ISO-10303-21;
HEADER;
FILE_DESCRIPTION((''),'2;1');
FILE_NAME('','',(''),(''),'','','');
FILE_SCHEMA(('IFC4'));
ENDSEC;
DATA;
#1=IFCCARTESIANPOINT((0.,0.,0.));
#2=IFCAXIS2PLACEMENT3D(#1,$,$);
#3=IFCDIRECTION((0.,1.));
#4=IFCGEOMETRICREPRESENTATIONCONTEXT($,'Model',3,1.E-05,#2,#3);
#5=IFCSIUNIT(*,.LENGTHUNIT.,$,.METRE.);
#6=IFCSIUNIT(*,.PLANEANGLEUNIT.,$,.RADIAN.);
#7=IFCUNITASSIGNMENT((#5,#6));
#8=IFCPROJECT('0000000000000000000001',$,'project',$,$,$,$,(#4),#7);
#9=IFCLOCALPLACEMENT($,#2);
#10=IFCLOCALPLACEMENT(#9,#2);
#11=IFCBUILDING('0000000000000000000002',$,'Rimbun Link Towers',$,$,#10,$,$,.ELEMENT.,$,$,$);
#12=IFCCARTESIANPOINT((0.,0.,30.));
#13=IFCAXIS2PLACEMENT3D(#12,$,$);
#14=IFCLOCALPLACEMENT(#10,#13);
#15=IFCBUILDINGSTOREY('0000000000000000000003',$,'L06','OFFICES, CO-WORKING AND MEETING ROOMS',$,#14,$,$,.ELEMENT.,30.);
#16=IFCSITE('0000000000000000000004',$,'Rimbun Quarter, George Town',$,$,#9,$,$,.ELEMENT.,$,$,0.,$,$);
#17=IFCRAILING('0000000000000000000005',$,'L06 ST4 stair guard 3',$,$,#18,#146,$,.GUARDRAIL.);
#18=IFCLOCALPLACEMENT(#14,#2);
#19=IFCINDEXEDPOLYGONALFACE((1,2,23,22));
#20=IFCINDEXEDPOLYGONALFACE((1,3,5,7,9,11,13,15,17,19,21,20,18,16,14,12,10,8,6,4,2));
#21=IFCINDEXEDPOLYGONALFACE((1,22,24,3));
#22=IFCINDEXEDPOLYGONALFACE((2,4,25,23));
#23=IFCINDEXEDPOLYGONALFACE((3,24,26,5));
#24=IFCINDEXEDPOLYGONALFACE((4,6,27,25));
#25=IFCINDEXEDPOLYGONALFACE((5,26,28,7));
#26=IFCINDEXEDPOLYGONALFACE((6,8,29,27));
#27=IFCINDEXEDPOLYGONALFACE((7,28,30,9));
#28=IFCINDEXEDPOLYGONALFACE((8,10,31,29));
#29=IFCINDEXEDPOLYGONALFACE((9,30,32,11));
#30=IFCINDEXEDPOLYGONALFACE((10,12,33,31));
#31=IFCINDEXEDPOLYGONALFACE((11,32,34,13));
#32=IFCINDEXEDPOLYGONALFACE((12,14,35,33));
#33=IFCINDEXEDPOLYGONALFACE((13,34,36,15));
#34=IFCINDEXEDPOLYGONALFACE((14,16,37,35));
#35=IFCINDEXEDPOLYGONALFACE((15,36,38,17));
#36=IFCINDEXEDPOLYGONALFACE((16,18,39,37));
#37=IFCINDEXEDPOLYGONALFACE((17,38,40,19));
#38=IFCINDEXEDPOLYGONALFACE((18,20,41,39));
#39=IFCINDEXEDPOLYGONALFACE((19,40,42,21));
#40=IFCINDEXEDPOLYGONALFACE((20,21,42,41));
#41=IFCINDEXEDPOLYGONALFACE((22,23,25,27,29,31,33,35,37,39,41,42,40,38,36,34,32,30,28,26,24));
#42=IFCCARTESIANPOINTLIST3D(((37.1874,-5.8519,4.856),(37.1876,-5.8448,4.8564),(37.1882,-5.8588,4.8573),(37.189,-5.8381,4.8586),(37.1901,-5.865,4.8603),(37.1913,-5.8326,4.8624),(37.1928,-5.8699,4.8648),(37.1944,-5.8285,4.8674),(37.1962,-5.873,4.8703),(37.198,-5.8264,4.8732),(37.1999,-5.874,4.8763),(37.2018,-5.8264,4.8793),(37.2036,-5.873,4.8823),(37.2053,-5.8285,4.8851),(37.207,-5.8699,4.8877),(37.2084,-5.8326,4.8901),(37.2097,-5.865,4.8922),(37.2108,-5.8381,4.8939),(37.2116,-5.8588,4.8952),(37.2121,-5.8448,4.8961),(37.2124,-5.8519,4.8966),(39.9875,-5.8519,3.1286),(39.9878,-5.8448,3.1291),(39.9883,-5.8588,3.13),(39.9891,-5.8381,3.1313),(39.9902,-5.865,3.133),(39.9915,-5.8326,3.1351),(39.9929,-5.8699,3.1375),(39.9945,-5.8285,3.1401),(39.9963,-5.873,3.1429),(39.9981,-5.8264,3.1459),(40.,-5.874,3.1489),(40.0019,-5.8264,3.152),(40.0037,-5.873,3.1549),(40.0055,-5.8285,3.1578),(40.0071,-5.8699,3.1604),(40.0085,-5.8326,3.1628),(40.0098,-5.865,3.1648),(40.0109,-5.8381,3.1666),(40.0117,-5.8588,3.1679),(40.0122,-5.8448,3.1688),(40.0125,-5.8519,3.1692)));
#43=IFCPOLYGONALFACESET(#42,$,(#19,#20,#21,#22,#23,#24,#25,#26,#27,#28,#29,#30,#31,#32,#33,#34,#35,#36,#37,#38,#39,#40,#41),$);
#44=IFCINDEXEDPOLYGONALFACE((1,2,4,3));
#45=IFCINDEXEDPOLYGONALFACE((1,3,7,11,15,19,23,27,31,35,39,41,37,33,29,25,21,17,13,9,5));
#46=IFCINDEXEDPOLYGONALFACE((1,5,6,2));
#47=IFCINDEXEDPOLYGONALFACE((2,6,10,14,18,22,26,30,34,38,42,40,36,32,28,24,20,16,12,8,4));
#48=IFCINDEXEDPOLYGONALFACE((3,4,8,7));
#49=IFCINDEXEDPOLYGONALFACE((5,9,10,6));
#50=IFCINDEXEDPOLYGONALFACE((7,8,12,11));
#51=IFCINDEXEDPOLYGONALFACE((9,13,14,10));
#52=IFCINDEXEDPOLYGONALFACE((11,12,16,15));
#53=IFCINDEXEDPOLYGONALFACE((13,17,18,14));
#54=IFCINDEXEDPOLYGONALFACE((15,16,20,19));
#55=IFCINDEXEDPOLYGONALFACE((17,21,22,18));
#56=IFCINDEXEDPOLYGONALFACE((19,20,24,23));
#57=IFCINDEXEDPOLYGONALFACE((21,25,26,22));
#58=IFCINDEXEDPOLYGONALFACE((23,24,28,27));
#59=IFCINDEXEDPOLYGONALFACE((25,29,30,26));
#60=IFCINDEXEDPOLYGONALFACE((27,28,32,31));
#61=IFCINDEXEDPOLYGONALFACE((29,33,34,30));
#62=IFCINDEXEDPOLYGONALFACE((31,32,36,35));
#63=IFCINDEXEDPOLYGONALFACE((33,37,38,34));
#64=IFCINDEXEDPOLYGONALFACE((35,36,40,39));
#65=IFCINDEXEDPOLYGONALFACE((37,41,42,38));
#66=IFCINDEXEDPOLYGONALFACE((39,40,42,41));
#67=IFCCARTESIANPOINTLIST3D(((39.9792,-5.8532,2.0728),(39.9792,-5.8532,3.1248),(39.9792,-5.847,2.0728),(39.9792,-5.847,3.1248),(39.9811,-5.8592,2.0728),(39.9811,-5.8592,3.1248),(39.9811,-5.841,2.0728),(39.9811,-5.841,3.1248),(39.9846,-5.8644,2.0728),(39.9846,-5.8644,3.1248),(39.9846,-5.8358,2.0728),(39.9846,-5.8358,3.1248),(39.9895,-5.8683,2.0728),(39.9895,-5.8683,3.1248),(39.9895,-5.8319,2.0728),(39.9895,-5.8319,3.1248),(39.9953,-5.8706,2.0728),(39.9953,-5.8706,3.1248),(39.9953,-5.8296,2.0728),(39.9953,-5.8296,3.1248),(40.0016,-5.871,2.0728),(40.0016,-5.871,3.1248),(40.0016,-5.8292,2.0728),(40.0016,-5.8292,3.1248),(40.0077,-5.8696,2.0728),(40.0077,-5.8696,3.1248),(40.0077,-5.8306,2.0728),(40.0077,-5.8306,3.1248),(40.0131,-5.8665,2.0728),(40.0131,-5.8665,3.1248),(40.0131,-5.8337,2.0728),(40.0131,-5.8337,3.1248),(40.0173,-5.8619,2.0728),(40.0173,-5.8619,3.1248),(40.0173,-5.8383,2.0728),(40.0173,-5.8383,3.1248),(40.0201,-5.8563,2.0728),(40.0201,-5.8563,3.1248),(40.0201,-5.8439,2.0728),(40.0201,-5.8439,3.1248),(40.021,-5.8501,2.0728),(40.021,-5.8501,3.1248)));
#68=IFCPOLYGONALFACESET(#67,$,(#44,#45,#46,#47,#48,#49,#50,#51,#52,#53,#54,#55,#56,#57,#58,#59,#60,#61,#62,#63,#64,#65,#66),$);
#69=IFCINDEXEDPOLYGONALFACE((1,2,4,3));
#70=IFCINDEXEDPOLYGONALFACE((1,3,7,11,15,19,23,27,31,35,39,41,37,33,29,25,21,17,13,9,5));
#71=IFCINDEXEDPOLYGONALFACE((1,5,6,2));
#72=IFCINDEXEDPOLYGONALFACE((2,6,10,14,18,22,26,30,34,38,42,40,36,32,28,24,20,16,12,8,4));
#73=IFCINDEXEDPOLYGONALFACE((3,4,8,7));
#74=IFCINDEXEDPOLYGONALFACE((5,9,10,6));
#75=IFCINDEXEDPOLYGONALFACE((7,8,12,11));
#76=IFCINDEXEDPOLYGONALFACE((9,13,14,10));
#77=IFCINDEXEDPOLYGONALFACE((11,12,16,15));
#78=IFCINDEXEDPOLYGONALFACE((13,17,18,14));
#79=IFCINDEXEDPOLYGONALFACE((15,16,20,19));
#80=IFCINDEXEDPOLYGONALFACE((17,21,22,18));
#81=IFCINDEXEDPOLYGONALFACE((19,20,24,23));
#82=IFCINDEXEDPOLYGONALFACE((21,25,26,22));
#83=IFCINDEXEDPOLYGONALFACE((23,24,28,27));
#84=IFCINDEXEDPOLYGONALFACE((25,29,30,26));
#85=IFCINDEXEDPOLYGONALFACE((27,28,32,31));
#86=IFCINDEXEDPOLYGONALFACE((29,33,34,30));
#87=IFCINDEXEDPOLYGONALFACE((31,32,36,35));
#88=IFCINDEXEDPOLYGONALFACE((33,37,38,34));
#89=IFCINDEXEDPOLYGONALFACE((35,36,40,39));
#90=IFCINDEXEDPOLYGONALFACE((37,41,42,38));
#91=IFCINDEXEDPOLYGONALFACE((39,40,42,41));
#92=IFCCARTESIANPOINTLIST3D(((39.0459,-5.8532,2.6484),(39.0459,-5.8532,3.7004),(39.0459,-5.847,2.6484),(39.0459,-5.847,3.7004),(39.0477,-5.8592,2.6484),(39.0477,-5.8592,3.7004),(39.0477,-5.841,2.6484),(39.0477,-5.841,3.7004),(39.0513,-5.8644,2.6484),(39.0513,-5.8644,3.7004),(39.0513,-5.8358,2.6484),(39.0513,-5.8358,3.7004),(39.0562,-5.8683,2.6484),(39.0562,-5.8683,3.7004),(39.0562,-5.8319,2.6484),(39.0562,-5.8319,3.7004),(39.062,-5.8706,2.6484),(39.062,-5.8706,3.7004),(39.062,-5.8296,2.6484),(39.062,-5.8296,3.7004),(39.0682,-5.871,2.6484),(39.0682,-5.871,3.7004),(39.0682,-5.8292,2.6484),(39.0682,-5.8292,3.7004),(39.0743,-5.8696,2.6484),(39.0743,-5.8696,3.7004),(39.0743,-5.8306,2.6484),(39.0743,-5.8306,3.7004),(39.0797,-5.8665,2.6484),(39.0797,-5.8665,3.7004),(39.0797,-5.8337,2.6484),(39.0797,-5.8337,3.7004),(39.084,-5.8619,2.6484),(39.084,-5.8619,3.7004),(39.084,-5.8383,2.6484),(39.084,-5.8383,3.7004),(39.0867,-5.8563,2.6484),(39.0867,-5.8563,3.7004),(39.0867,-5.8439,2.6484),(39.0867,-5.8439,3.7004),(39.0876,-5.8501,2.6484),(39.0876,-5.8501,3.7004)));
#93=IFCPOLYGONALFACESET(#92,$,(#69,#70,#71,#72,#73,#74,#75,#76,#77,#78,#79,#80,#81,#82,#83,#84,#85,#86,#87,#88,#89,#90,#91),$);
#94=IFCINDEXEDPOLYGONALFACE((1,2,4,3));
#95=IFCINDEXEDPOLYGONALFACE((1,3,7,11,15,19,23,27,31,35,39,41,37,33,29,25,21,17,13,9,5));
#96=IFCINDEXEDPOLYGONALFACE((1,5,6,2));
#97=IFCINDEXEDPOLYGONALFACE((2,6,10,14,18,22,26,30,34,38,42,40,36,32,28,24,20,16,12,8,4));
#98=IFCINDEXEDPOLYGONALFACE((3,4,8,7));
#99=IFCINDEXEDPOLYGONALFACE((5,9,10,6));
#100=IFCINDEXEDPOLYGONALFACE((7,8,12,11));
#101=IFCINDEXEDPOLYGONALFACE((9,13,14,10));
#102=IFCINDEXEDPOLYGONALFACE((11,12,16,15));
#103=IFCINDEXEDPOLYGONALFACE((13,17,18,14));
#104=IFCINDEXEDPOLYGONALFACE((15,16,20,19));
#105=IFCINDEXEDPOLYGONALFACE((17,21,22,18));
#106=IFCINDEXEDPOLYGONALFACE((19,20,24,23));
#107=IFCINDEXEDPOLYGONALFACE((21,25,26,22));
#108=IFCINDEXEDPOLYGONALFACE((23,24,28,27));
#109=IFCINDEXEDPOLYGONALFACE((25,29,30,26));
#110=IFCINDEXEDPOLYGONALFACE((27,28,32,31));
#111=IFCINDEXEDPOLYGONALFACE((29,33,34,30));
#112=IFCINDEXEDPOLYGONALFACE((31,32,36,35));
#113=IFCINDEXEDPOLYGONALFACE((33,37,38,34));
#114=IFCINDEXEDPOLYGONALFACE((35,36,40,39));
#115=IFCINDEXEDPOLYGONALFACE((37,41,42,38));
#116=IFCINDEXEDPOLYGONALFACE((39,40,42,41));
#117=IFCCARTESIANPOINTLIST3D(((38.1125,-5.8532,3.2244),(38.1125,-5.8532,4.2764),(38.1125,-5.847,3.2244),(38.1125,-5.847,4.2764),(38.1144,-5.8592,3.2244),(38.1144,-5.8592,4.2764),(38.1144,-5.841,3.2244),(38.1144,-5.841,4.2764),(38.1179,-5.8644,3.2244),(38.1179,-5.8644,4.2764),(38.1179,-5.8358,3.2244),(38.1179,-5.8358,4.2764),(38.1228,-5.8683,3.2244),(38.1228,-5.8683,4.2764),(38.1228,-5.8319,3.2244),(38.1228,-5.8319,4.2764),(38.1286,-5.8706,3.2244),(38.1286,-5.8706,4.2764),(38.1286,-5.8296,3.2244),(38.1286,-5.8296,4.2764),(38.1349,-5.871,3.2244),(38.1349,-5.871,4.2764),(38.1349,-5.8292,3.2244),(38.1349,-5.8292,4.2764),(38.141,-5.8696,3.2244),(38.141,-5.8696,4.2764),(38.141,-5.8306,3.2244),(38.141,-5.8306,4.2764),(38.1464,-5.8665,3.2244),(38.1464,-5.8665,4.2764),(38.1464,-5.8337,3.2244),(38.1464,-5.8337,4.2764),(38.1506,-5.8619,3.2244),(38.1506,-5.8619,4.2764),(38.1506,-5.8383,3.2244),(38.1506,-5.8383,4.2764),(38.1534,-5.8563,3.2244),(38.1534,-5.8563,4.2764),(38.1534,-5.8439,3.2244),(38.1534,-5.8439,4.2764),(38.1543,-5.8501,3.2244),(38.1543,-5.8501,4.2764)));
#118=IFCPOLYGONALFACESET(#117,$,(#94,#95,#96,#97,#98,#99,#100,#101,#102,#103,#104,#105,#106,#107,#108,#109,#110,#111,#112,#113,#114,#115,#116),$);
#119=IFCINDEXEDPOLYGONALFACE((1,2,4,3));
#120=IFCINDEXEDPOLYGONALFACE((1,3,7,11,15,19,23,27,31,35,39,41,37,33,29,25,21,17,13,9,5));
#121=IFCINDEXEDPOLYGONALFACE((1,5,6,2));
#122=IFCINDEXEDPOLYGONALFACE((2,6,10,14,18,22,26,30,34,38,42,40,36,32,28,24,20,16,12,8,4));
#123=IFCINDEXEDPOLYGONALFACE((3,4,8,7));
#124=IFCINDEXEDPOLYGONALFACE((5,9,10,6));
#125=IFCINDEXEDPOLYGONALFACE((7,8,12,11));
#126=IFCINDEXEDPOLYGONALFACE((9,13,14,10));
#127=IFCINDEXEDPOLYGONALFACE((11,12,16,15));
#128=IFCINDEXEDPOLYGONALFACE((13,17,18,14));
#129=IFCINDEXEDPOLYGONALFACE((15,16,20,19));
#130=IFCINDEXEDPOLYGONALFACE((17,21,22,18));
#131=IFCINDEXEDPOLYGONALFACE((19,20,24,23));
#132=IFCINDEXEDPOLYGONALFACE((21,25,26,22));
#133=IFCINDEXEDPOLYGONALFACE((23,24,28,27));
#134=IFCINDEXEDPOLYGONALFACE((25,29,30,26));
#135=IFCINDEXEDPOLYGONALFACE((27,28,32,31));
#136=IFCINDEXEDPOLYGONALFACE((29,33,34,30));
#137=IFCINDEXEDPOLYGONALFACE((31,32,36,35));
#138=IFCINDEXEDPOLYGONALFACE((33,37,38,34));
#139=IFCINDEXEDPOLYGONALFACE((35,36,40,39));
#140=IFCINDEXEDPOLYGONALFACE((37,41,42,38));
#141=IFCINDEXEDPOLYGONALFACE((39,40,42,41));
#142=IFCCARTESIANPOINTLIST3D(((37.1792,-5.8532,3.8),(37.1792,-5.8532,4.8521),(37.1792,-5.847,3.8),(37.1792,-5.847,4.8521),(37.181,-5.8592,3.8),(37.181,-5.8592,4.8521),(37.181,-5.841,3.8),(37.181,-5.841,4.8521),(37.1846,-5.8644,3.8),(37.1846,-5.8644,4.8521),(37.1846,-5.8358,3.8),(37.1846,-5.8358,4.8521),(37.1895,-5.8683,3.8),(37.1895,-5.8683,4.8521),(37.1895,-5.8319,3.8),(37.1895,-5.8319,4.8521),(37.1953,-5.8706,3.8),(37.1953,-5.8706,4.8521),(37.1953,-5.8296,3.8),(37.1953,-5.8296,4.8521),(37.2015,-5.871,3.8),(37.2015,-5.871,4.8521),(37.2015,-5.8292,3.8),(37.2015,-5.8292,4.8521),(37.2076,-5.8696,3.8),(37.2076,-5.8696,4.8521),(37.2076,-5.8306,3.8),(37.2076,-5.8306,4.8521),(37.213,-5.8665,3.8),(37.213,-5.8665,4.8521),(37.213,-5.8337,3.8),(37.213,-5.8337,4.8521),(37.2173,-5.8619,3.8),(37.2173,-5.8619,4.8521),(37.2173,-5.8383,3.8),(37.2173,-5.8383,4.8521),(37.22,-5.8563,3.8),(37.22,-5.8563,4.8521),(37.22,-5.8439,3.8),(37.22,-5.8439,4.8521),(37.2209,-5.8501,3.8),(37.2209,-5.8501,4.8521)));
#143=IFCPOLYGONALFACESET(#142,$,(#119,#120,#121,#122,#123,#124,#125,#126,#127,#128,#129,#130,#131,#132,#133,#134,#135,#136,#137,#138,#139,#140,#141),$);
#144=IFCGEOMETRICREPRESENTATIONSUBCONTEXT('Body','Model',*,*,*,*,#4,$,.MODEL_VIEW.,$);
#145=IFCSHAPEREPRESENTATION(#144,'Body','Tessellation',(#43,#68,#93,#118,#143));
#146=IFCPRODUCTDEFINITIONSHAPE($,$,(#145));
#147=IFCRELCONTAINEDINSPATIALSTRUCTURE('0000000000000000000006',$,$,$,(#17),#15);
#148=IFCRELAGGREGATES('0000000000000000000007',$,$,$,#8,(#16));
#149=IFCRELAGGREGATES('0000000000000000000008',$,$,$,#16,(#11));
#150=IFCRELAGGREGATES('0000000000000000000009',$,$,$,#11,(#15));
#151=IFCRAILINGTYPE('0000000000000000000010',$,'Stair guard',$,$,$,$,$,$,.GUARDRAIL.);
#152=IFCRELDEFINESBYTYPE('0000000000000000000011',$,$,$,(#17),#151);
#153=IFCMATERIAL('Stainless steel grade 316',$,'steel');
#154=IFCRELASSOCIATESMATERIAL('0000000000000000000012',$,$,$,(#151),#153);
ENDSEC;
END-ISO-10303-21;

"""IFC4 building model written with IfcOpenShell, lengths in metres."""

from ifc_helpers import new_model, si_unit, direction, frame, origin, origin_2d, place, context, subcontext, project, spatial, circle, extrude, material, type_object, element, save


model = new_model("IFC4")

# Units and contexts
model_context = context("Model", 3, precision=1e-05, world=origin(), true_north=direction((0.0, 1.0)))
body_context = subcontext(model_context, "Body", "Model", "MODEL_VIEW")
ifc_project = project(units=[si_unit("LENGTHUNIT", "METRE"), si_unit("PLANEANGLEUNIT", "RADIAN")], contexts=[model_context])

# Site, building, storey
site_placement = place(None, origin())
site = spatial("IfcSite", under=ifc_project, at=site_placement, Name="Rimbun Quarter, George Town", CompositionType="ELEMENT", RefElevation=0.0)
building_placement = place(site_placement, origin())
building = spatial("IfcBuilding", under=site, at=building_placement, Name="Rimbun Link Towers", CompositionType="ELEMENT")
storey_placement = place(building_placement, frame((0.0, 0.0, 30.0)))
storey = spatial("IfcBuildingStorey", under=building, at=storey_placement, Name="L06", Description="OFFICES, CO-WORKING AND MEETING ROOMS", CompositionType="ELEMENT", Elevation=30.0)

# Railing
ifc_material_1 = material(Name="Stainless steel grade 316", Category="steel")
railing_type_1 = type_object("IfcRailingType", Name="Stair guard", PredefinedType="GUARDRAIL", material=ifc_material_1)
railing_1_placement = place(storey_placement, frame((40.0, -5.8501, 2.0728)))
element("IfcRailing", 1, at=railing_1_placement, inside=storey, type_object=railing_type_1, Name="L06 ST4 stair guard 3", PredefinedType="GUARDRAIL", context=body_context, shape_type="SweptSolid", body=[
    extrude(circle(Radius=0.0239, at=origin_2d()), frame((0.0, 0.0, 1.0762), z_axis=(-0.85109, 0.0, 0.52502), x_axis=(0.0, -1.0, 0.0)), (0.0, 0.0, 1.0), 3.29),
    extrude(circle(Radius=0.021, at=origin_2d()), origin(), (0.0, 0.0, 1.0), 1.052),
    extrude(circle(Radius=0.021, at=origin_2d()), frame((-0.9333, 0.0, 0.5757)), (0.0, 0.0, 1.0), 1.052),
    extrude(circle(Radius=0.021, at=origin_2d()), frame((-1.8667, 0.0, 1.1516)), (0.0, 0.0, 1.0), 1.052),
    extrude(circle(Radius=0.021, at=origin_2d()), frame((-2.8, 0.0, 1.7273)), (0.0, 0.0, 1.0), 1.052),
])

save(model, "model.ifc")
